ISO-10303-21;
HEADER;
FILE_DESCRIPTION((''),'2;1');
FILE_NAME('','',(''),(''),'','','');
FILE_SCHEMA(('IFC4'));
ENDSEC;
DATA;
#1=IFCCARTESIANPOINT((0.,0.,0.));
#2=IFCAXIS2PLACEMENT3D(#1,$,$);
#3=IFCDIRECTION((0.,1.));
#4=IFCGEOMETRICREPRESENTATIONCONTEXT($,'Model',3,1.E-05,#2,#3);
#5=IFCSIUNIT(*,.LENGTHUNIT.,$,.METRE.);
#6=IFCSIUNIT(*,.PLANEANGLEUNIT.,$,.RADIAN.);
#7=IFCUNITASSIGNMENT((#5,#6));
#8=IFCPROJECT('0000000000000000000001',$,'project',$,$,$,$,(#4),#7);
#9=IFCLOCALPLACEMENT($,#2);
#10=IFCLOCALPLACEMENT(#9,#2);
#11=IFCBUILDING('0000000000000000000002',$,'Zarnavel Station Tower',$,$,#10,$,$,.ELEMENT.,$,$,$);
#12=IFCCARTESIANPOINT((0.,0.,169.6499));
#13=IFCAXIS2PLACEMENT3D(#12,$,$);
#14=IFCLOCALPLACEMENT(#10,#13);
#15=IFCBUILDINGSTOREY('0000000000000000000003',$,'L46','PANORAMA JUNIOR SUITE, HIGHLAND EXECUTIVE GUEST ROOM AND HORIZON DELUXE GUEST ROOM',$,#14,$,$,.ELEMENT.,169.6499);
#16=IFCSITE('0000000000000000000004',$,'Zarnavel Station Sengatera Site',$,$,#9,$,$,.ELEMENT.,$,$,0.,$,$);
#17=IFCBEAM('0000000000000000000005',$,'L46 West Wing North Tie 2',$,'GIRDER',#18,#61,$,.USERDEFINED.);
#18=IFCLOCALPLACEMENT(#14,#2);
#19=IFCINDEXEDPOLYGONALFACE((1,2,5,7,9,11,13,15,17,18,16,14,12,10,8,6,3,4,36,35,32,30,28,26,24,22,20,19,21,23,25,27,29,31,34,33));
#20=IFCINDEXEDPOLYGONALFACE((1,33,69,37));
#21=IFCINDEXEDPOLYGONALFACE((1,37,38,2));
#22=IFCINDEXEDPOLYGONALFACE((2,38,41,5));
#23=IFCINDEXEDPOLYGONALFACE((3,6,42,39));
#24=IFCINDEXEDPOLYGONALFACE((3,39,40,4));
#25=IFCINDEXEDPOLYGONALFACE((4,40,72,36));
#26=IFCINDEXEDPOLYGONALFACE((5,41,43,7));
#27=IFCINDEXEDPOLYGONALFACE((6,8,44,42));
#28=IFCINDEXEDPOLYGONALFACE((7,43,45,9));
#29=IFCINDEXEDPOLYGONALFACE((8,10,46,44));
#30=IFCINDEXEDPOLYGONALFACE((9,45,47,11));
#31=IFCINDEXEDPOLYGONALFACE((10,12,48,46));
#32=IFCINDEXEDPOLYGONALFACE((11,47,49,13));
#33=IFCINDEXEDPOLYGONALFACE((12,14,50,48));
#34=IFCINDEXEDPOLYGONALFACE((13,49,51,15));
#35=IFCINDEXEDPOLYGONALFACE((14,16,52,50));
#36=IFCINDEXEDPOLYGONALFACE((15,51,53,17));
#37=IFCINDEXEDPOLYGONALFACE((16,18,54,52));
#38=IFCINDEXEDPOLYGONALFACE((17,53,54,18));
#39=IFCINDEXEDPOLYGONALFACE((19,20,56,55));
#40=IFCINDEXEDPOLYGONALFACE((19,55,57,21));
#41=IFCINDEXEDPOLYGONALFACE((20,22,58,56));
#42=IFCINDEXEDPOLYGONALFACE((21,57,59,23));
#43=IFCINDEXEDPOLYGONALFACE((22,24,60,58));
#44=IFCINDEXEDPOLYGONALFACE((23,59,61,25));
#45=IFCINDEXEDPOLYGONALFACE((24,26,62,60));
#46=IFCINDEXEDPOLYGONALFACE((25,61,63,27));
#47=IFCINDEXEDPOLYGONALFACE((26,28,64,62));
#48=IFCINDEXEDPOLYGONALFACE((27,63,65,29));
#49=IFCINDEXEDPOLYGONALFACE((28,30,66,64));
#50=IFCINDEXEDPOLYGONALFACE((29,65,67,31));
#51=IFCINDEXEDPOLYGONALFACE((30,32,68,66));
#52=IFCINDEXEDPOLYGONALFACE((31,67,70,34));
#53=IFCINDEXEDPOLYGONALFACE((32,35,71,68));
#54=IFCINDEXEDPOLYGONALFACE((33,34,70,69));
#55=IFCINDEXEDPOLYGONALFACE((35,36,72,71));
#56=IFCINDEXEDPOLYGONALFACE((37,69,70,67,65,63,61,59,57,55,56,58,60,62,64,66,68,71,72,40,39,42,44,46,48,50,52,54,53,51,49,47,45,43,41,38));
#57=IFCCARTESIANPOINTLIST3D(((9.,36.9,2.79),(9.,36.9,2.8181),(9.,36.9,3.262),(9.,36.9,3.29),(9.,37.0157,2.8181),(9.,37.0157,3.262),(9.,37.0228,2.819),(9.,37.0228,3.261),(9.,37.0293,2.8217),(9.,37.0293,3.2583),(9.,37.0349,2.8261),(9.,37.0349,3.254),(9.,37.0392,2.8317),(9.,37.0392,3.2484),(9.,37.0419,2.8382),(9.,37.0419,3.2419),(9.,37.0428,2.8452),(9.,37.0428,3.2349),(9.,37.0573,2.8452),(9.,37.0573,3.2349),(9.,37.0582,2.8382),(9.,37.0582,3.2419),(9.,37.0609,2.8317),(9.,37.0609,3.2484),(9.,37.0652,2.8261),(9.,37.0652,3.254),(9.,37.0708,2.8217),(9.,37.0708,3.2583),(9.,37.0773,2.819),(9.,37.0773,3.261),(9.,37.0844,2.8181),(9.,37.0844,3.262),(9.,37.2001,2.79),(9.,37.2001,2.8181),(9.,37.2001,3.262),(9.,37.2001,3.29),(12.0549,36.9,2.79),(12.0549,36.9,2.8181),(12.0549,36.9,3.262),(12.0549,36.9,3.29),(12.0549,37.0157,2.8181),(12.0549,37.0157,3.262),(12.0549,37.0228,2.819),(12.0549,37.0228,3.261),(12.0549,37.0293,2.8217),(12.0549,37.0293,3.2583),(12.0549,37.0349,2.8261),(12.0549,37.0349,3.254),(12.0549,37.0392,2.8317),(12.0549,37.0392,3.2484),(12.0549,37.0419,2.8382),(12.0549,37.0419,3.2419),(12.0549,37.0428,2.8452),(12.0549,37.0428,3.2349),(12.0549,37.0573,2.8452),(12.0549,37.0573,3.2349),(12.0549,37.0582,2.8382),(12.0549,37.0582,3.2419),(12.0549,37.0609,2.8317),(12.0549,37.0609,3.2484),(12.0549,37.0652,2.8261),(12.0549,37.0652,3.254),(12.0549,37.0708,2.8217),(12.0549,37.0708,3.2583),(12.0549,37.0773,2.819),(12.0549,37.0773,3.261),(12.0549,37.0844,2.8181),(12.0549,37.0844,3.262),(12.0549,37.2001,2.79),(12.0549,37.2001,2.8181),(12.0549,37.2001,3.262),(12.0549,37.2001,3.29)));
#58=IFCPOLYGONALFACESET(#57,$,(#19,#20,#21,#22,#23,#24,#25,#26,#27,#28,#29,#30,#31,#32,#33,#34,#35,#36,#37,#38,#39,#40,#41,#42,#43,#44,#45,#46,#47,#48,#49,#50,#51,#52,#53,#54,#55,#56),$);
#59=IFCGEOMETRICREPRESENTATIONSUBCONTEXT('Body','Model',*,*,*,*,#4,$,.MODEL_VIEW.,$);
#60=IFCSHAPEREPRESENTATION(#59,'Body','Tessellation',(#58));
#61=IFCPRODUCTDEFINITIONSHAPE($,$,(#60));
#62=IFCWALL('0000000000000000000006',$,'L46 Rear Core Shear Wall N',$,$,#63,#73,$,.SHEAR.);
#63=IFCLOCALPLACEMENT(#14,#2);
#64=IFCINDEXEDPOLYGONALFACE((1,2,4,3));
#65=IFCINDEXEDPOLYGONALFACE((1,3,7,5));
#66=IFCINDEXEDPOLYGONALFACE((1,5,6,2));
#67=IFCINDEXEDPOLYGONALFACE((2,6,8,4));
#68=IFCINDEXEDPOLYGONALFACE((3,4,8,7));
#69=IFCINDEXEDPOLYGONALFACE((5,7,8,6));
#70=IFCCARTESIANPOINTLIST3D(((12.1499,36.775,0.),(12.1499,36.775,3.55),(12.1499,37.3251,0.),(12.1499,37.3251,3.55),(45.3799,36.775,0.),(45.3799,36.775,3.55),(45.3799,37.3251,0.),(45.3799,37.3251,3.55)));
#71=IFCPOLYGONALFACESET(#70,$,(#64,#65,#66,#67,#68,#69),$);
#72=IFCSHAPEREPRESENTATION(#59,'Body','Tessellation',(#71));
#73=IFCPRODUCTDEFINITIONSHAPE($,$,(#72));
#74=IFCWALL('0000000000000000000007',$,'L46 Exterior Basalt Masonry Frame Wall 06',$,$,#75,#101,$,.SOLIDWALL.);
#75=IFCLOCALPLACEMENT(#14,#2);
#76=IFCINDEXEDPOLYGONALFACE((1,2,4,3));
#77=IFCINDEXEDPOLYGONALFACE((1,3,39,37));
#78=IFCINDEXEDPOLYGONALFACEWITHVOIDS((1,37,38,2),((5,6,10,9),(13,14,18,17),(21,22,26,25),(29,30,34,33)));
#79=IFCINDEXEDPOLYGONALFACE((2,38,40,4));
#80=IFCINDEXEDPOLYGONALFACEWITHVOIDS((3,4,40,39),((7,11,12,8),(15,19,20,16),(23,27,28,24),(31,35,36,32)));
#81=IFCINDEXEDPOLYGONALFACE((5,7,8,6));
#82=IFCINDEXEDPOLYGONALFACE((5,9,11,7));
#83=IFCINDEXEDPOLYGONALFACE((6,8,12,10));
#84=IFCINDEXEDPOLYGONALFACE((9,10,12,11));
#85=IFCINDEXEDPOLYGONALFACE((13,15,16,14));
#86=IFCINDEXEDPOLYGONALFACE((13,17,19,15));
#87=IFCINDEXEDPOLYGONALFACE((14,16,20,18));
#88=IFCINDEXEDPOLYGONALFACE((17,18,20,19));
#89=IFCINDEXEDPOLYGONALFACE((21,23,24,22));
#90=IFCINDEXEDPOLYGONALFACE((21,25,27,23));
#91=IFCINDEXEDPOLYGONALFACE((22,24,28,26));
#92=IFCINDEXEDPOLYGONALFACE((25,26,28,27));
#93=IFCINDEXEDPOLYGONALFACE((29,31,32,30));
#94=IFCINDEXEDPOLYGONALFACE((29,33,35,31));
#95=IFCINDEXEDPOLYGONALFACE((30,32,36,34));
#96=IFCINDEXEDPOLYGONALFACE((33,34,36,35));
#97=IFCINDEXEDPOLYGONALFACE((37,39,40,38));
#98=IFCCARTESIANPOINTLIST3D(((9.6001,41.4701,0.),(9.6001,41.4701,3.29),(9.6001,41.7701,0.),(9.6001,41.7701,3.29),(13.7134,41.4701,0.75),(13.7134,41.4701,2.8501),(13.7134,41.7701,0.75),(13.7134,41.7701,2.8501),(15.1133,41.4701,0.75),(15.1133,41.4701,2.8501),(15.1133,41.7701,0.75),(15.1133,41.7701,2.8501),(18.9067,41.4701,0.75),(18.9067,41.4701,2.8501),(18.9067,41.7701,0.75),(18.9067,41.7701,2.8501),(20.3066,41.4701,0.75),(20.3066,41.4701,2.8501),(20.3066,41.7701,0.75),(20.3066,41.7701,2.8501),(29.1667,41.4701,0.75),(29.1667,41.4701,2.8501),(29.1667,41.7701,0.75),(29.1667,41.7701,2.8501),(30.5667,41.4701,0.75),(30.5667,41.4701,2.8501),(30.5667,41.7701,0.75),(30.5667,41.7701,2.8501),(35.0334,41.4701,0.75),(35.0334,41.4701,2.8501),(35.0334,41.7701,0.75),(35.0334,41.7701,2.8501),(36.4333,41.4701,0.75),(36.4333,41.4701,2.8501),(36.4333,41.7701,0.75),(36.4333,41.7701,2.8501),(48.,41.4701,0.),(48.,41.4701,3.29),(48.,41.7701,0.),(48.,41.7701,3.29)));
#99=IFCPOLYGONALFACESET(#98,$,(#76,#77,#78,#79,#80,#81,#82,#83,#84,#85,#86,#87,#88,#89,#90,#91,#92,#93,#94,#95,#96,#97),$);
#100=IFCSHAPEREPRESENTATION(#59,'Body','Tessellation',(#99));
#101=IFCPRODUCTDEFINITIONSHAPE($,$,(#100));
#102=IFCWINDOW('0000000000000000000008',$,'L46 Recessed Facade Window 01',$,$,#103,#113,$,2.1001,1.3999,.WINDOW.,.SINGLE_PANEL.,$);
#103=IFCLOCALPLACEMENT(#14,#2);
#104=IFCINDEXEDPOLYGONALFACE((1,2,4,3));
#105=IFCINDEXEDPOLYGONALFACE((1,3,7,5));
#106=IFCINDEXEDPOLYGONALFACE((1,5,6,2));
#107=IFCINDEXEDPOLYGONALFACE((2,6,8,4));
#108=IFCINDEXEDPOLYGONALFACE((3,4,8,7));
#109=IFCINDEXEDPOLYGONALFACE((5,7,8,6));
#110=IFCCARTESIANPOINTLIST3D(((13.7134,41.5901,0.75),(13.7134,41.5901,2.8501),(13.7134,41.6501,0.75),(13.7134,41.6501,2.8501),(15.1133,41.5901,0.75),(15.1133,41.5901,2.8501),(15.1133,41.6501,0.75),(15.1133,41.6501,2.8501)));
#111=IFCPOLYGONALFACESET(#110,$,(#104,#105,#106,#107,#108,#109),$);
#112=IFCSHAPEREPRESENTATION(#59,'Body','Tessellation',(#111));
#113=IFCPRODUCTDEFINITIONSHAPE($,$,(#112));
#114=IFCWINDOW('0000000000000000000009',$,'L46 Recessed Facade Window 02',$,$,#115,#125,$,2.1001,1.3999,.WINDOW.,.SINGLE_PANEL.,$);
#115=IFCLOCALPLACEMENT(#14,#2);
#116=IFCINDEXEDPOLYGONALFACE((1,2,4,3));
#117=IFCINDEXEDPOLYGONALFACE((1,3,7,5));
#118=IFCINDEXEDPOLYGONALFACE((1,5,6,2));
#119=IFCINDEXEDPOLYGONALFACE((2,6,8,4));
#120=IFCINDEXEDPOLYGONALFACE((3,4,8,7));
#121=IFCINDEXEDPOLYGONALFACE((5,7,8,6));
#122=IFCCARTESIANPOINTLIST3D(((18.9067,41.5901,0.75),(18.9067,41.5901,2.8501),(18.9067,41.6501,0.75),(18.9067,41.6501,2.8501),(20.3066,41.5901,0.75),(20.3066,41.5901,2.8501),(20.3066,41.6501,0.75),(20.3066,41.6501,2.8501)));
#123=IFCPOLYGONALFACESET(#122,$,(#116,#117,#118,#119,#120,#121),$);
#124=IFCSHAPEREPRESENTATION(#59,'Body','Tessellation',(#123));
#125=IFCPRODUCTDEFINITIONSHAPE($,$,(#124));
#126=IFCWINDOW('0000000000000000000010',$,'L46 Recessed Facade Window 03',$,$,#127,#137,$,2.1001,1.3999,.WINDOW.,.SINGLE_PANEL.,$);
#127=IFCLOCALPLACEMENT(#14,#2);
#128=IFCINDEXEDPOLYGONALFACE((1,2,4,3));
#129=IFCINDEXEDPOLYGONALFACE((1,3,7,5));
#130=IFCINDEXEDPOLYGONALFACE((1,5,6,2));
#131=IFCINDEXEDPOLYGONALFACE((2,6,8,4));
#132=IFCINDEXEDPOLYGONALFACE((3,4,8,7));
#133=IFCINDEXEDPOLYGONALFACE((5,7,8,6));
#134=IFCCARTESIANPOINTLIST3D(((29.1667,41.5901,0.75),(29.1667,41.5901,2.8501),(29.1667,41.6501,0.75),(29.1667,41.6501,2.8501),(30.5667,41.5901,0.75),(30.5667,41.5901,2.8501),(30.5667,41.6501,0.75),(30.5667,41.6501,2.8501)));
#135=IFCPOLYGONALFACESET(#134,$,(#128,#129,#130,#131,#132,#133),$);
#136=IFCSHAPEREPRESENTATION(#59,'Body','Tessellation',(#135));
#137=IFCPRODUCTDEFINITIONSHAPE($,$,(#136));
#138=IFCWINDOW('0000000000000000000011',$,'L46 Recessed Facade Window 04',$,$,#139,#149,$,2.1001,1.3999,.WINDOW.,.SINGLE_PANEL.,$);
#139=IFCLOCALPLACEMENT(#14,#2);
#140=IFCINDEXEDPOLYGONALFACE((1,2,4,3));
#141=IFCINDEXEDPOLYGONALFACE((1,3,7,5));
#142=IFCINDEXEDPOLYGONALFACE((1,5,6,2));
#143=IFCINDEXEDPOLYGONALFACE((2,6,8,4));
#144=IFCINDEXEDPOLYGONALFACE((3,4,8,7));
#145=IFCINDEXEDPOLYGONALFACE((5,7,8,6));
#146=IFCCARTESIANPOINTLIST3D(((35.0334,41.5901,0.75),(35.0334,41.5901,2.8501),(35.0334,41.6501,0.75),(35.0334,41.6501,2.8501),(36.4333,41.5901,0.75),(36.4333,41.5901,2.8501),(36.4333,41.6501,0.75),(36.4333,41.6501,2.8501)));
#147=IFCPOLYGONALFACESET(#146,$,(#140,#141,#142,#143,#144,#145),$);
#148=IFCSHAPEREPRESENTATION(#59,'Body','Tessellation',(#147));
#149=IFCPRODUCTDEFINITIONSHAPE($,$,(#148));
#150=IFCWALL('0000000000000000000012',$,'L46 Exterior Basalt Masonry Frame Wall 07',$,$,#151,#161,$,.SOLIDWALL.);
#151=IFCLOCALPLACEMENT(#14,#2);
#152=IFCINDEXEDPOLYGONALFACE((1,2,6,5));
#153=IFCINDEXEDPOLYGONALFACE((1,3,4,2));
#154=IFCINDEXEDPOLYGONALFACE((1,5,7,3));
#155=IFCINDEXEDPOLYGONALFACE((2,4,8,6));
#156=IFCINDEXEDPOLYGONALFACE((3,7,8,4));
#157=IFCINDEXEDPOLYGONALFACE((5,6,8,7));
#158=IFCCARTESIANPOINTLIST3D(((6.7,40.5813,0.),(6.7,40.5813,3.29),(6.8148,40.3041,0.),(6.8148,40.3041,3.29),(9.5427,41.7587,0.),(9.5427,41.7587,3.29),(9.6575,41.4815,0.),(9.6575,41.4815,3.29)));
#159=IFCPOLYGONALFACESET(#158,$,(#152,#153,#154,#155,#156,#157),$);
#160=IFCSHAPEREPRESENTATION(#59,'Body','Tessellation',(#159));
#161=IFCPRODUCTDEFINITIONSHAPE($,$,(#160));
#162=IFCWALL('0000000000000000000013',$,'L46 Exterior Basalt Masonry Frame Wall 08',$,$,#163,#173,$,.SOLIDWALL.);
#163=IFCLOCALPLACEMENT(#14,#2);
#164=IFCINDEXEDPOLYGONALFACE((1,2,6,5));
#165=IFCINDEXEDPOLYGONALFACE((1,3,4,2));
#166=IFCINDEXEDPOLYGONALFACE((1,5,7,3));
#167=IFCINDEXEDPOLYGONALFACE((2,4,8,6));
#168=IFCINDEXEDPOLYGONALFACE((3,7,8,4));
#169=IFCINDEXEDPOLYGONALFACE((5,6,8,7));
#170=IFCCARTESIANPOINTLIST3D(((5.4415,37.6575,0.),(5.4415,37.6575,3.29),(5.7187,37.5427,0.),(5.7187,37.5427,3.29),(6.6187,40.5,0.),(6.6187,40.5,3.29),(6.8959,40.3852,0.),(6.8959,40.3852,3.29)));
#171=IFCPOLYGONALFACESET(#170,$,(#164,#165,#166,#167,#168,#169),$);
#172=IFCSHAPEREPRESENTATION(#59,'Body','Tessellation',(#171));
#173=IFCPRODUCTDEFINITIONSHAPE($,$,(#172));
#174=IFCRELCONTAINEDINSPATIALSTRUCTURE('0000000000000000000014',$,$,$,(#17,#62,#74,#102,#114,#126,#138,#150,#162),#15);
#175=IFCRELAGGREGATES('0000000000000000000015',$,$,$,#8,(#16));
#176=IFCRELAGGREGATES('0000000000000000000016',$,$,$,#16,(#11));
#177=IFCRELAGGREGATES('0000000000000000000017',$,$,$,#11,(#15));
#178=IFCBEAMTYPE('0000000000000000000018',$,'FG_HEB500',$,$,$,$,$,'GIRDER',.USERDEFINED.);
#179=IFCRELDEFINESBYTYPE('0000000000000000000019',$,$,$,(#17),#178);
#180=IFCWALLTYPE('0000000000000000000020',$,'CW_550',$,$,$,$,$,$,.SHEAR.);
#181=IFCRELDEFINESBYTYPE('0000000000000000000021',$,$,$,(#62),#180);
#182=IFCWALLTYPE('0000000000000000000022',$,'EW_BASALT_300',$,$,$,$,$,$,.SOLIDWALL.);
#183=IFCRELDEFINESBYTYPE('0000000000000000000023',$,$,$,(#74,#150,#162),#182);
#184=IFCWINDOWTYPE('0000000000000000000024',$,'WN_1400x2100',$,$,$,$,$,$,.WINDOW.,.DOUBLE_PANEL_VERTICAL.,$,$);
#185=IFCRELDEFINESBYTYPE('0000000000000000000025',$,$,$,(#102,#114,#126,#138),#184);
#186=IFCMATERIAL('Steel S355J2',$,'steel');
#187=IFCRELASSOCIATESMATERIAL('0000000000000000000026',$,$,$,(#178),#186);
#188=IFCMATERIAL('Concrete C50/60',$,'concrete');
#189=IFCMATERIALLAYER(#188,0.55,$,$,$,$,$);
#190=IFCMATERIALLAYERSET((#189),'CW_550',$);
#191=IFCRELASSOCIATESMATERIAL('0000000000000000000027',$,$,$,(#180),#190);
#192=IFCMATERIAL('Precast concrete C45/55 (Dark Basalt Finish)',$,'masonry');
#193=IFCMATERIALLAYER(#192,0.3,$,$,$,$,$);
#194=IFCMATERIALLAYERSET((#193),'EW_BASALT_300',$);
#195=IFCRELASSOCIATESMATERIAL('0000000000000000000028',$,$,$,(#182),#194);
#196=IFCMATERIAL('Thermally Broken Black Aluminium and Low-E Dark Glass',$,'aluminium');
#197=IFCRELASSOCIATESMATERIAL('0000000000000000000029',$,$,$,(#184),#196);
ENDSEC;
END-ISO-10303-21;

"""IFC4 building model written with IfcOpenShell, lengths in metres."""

from ifc_helpers import new_model, si_unit, direction, frame, frame_2d, origin, origin_2d, place, context, subcontext, project, spatial, rectangle, i_section, extrude, material, layer, layer_set, material_profile, profile_set, type_object, element, fill, save


model = new_model("IFC4")

# Units and contexts
model_context = context("Model", 3, precision=1e-05, world=origin(), true_north=direction((0.0, 1.0)))
body_context = subcontext(model_context, "Body", "Model", "MODEL_VIEW")
ifc_project = project(units=[si_unit("LENGTHUNIT", "METRE"), si_unit("PLANEANGLEUNIT", "RADIAN")], contexts=[model_context])

# Site, building, storey
site_placement = place(None, origin())
site = spatial("IfcSite", under=ifc_project, at=site_placement, Name="Zarnavel Station Sengatera Site", CompositionType="ELEMENT", RefElevation=0.0)
building_placement = place(site_placement, origin())
building = spatial("IfcBuilding", under=site, at=building_placement, Name="Zarnavel Station Tower", CompositionType="ELEMENT")
storey_placement = place(building_placement, frame((0.0, 0.0, 169.6499)))
storey = spatial("IfcBuildingStorey", under=building, at=storey_placement, Name="L46", Description="PANORAMA JUNIOR SUITE, HIGHLAND EXECUTIVE GUEST ROOM AND HORIZON DELUXE GUEST ROOM", CompositionType="ELEMENT", Elevation=169.6499)

# Beam
ifc_material_1 = material(Name="Steel S355J2", Category="steel")
ifc_material_profile_1 = material_profile(ifc_material_1, i_section(OverallWidth=0.3, OverallDepth=0.5, WebThickness=0.0144, FlangeThickness=0.0281, FilletRadius=0.0271, at=origin_2d()), Name="HEB500")
ifc_profile_set_1 = profile_set([ifc_material_profile_1], Name="Steel S355J2")
beam_type = type_object("IfcBeamType", Name="FG_HEB500", ElementType="GIRDER", PredefinedType="USERDEFINED", material=ifc_profile_set_1)
beam_1_placement = place(storey_placement, frame((9.0, 37.05, 3.04), z_axis=(1.0, 0.0, 0.0), x_axis=(0.0, 1.0, 0.0)))
element("IfcBeam", 1, at=beam_1_placement, inside=storey, type_object=beam_type, Name="L46 West Wing North Tie 2", ObjectType="GIRDER", PredefinedType="USERDEFINED", context=body_context, shape_type="SweptSolid", body=[
    extrude(i_section(OverallWidth=0.3, OverallDepth=0.5, WebThickness=0.0144, FlangeThickness=0.0281, FilletRadius=0.0271, at=origin_2d()), origin(), (0.0, 0.0, 1.0), 3.0549),
])

# Wall
ifc_material_2 = material(Name="Concrete C50/60", Category="concrete")
ifc_layer_1 = layer(ifc_material_2, 0.55)
ifc_layer_set_1 = layer_set([ifc_layer_1], Name="CW_550")
wall_type_1 = type_object("IfcWallType", Name="CW_550", PredefinedType="SHEAR", material=ifc_layer_set_1)
wall_1_placement = place(storey_placement, frame((12.1499, 37.05, 0.0), z_axis=(0.0, 0.0, 1.0), x_axis=(1.0, 0.0, 0.0)))
element("IfcWall", 2, at=wall_1_placement, inside=storey, type_object=wall_type_1, Name="L46 Rear Core Shear Wall N", PredefinedType="SHEAR", context=body_context, shape_type="SweptSolid", body=[
    extrude(rectangle(XDim=33.23, YDim=0.55, at=frame_2d((16.615, 0.0))), origin(), (0.0, 0.0, 1.0), 3.55),
])

# Wall, openings, windows
ifc_material_3 = material(Name="Precast concrete C45/55 (Dark Basalt Finish)", Category="masonry")
ifc_layer_2 = layer(ifc_material_3, 0.3)
ifc_layer_set_2 = layer_set([ifc_layer_2], Name="EW_BASALT_300")
wall_type_2 = type_object("IfcWallType", Name="EW_BASALT_300", PredefinedType="SOLIDWALL", material=ifc_layer_set_2)
wall_2_placement = place(storey_placement, frame((9.6001, 41.6201, 0.0), z_axis=(0.0, 0.0, 1.0), x_axis=(1.0, 0.0, 0.0)))
wall_2 = element("IfcWall", 3, at=wall_2_placement, inside=storey, type_object=wall_type_2, Name="L46 Exterior Basalt Masonry Frame Wall 06", PredefinedType="SOLIDWALL", context=body_context, shape_type="SweptSolid", body=[
    extrude(rectangle(XDim=38.3999, YDim=0.3, at=frame_2d((19.2, 0.0))), origin(), (0.0, 0.0, 1.0), 3.29),
])
opening_1_placement = place(wall_2_placement, frame((4.1133, 0.0, 0.75)))
opening_1 = element("IfcOpeningElement", 4, at=opening_1_placement, cuts=wall_2, PredefinedType="OPENING", context=body_context, shape_type="SweptSolid", body=[
    extrude(rectangle(XDim=1.3999, YDim=2.1001, at=frame_2d((0.7, 1.05))), frame((0.0, 0.1599, 0.0), z_axis=(0.0, -1.0, 0.0), x_axis=(1.0, 0.0, 0.0)), (0.0, 0.0, 1.0), 0.3201),
])
opening_2_placement = place(wall_2_placement, frame((9.3066, 0.0, 0.75)))
opening_2 = element("IfcOpeningElement", 5, at=opening_2_placement, cuts=wall_2, PredefinedType="OPENING", context=body_context, shape_type="SweptSolid", body=[
    extrude(rectangle(XDim=1.3999, YDim=2.1001, at=frame_2d((0.7, 1.05))), frame((0.0, 0.1599, 0.0), z_axis=(0.0, -1.0, 0.0), x_axis=(1.0, 0.0, 0.0)), (0.0, 0.0, 1.0), 0.3201),
])
opening_3_placement = place(wall_2_placement, frame((19.5667, 0.0, 0.75)))
opening_3 = element("IfcOpeningElement", 6, at=opening_3_placement, cuts=wall_2, PredefinedType="OPENING", context=body_context, shape_type="SweptSolid", body=[
    extrude(rectangle(XDim=1.3999, YDim=2.1001, at=frame_2d((0.7, 1.05))), frame((0.0, 0.1599, 0.0), z_axis=(0.0, -1.0, 0.0), x_axis=(1.0, 0.0, 0.0)), (0.0, 0.0, 1.0), 0.3201),
])
opening_4_placement = place(wall_2_placement, frame((25.4333, 0.0, 0.75)))
opening_4 = element("IfcOpeningElement", 7, at=opening_4_placement, cuts=wall_2, PredefinedType="OPENING", context=body_context, shape_type="SweptSolid", body=[
    extrude(rectangle(XDim=1.3999, YDim=2.1001, at=frame_2d((0.7, 1.05))), frame((0.0, 0.1599, 0.0), z_axis=(0.0, -1.0, 0.0), x_axis=(1.0, 0.0, 0.0)), (0.0, 0.0, 1.0), 0.3201),
])
ifc_material_4 = material(Name="Thermally Broken Black Aluminium and Low-E Dark Glass", Category="aluminium")
window_type = type_object("IfcWindowType", Name="WN_1400x2100", PartitioningType="DOUBLE_PANEL_VERTICAL", PredefinedType="WINDOW", material=ifc_material_4)
window_1_placement = place(opening_1_placement, origin())
window_1 = element("IfcWindow", 8, at=window_1_placement, inside=storey, type_object=window_type, Name="L46 Recessed Facade Window 01", OverallHeight=2.1001, OverallWidth=1.3999, PartitioningType="SINGLE_PANEL", PredefinedType="WINDOW", context=body_context, shape_type="SweptSolid", body=[
    extrude(rectangle(XDim=1.3999, YDim=2.1001, at=frame_2d((0.7, 1.05))), frame((0.0, 0.03, 0.0), z_axis=(0.0, -1.0, 0.0), x_axis=(1.0, 0.0, 0.0)), (0.0, 0.0, 1.0), 0.0601),
])
fill(opening_1, window_1)
window_2_placement = place(opening_2_placement, origin())
window_2 = element("IfcWindow", 9, at=window_2_placement, inside=storey, type_object=window_type, Name="L46 Recessed Facade Window 02", OverallHeight=2.1001, OverallWidth=1.3999, PartitioningType="SINGLE_PANEL", PredefinedType="WINDOW", context=body_context, shape_type="SweptSolid", body=[
    extrude(rectangle(XDim=1.3999, YDim=2.1001, at=frame_2d((0.7, 1.05))), frame((0.0, 0.03, 0.0), z_axis=(0.0, -1.0, 0.0), x_axis=(1.0, 0.0, 0.0)), (0.0, 0.0, 1.0), 0.0601),
])
fill(opening_2, window_2)
window_3_placement = place(opening_3_placement, origin())
window_3 = element("IfcWindow", 10, at=window_3_placement, inside=storey, type_object=window_type, Name="L46 Recessed Facade Window 03", OverallHeight=2.1001, OverallWidth=1.3999, PartitioningType="SINGLE_PANEL", PredefinedType="WINDOW", context=body_context, shape_type="SweptSolid", body=[
    extrude(rectangle(XDim=1.3999, YDim=2.1001, at=frame_2d((0.7, 1.05))), frame((0.0, 0.03, 0.0), z_axis=(0.0, -1.0, 0.0), x_axis=(1.0, 0.0, 0.0)), (0.0, 0.0, 1.0), 0.0601),
])
fill(opening_3, window_3)
window_4_placement = place(opening_4_placement, origin())
window_4 = element("IfcWindow", 11, at=window_4_placement, inside=storey, type_object=window_type, Name="L46 Recessed Facade Window 04", OverallHeight=2.1001, OverallWidth=1.3999, PartitioningType="SINGLE_PANEL", PredefinedType="WINDOW", context=body_context, shape_type="SweptSolid", body=[
    extrude(rectangle(XDim=1.3999, YDim=2.1001, at=frame_2d((0.7, 1.05))), frame((0.0, 0.03, 0.0), z_axis=(0.0, -1.0, 0.0), x_axis=(1.0, 0.0, 0.0)), (0.0, 0.0, 1.0), 0.0601),
])
fill(opening_4, window_4)

# Walls
wall_3_placement = place(storey_placement, frame((6.7573, 40.4426, 0.0), z_axis=(0.0, 0.0, 1.0), x_axis=(0.923882, 0.382676, 0.0)))
element("IfcWall", 12, at=wall_3_placement, inside=storey, type_object=wall_type_2, Name="L46 Exterior Basalt Masonry Frame Wall 07", PredefinedType="SOLIDWALL", context=body_context, shape_type="SweptSolid", body=[
    extrude(rectangle(XDim=3.0769, YDim=0.3, at=frame_2d((1.5386, 0.0))), origin(), (0.0, 0.0, 1.0), 3.29),
])
wall_4_placement = place(storey_placement, frame((5.5801, 37.6001, 0.0), z_axis=(0.0, 0.0, 1.0), x_axis=(0.382637, 0.923899, 0.0)))
element("IfcWall", 13, at=wall_4_placement, inside=storey, type_object=wall_type_2, Name="L46 Exterior Basalt Masonry Frame Wall 08", PredefinedType="SOLIDWALL", context=body_context, shape_type="SweptSolid", body=[
    extrude(rectangle(XDim=3.0767, YDim=0.3, at=frame_2d((1.5383, 0.0))), origin(), (0.0, 0.0, 1.0), 3.29),
])

save(model, "model.ifc")
